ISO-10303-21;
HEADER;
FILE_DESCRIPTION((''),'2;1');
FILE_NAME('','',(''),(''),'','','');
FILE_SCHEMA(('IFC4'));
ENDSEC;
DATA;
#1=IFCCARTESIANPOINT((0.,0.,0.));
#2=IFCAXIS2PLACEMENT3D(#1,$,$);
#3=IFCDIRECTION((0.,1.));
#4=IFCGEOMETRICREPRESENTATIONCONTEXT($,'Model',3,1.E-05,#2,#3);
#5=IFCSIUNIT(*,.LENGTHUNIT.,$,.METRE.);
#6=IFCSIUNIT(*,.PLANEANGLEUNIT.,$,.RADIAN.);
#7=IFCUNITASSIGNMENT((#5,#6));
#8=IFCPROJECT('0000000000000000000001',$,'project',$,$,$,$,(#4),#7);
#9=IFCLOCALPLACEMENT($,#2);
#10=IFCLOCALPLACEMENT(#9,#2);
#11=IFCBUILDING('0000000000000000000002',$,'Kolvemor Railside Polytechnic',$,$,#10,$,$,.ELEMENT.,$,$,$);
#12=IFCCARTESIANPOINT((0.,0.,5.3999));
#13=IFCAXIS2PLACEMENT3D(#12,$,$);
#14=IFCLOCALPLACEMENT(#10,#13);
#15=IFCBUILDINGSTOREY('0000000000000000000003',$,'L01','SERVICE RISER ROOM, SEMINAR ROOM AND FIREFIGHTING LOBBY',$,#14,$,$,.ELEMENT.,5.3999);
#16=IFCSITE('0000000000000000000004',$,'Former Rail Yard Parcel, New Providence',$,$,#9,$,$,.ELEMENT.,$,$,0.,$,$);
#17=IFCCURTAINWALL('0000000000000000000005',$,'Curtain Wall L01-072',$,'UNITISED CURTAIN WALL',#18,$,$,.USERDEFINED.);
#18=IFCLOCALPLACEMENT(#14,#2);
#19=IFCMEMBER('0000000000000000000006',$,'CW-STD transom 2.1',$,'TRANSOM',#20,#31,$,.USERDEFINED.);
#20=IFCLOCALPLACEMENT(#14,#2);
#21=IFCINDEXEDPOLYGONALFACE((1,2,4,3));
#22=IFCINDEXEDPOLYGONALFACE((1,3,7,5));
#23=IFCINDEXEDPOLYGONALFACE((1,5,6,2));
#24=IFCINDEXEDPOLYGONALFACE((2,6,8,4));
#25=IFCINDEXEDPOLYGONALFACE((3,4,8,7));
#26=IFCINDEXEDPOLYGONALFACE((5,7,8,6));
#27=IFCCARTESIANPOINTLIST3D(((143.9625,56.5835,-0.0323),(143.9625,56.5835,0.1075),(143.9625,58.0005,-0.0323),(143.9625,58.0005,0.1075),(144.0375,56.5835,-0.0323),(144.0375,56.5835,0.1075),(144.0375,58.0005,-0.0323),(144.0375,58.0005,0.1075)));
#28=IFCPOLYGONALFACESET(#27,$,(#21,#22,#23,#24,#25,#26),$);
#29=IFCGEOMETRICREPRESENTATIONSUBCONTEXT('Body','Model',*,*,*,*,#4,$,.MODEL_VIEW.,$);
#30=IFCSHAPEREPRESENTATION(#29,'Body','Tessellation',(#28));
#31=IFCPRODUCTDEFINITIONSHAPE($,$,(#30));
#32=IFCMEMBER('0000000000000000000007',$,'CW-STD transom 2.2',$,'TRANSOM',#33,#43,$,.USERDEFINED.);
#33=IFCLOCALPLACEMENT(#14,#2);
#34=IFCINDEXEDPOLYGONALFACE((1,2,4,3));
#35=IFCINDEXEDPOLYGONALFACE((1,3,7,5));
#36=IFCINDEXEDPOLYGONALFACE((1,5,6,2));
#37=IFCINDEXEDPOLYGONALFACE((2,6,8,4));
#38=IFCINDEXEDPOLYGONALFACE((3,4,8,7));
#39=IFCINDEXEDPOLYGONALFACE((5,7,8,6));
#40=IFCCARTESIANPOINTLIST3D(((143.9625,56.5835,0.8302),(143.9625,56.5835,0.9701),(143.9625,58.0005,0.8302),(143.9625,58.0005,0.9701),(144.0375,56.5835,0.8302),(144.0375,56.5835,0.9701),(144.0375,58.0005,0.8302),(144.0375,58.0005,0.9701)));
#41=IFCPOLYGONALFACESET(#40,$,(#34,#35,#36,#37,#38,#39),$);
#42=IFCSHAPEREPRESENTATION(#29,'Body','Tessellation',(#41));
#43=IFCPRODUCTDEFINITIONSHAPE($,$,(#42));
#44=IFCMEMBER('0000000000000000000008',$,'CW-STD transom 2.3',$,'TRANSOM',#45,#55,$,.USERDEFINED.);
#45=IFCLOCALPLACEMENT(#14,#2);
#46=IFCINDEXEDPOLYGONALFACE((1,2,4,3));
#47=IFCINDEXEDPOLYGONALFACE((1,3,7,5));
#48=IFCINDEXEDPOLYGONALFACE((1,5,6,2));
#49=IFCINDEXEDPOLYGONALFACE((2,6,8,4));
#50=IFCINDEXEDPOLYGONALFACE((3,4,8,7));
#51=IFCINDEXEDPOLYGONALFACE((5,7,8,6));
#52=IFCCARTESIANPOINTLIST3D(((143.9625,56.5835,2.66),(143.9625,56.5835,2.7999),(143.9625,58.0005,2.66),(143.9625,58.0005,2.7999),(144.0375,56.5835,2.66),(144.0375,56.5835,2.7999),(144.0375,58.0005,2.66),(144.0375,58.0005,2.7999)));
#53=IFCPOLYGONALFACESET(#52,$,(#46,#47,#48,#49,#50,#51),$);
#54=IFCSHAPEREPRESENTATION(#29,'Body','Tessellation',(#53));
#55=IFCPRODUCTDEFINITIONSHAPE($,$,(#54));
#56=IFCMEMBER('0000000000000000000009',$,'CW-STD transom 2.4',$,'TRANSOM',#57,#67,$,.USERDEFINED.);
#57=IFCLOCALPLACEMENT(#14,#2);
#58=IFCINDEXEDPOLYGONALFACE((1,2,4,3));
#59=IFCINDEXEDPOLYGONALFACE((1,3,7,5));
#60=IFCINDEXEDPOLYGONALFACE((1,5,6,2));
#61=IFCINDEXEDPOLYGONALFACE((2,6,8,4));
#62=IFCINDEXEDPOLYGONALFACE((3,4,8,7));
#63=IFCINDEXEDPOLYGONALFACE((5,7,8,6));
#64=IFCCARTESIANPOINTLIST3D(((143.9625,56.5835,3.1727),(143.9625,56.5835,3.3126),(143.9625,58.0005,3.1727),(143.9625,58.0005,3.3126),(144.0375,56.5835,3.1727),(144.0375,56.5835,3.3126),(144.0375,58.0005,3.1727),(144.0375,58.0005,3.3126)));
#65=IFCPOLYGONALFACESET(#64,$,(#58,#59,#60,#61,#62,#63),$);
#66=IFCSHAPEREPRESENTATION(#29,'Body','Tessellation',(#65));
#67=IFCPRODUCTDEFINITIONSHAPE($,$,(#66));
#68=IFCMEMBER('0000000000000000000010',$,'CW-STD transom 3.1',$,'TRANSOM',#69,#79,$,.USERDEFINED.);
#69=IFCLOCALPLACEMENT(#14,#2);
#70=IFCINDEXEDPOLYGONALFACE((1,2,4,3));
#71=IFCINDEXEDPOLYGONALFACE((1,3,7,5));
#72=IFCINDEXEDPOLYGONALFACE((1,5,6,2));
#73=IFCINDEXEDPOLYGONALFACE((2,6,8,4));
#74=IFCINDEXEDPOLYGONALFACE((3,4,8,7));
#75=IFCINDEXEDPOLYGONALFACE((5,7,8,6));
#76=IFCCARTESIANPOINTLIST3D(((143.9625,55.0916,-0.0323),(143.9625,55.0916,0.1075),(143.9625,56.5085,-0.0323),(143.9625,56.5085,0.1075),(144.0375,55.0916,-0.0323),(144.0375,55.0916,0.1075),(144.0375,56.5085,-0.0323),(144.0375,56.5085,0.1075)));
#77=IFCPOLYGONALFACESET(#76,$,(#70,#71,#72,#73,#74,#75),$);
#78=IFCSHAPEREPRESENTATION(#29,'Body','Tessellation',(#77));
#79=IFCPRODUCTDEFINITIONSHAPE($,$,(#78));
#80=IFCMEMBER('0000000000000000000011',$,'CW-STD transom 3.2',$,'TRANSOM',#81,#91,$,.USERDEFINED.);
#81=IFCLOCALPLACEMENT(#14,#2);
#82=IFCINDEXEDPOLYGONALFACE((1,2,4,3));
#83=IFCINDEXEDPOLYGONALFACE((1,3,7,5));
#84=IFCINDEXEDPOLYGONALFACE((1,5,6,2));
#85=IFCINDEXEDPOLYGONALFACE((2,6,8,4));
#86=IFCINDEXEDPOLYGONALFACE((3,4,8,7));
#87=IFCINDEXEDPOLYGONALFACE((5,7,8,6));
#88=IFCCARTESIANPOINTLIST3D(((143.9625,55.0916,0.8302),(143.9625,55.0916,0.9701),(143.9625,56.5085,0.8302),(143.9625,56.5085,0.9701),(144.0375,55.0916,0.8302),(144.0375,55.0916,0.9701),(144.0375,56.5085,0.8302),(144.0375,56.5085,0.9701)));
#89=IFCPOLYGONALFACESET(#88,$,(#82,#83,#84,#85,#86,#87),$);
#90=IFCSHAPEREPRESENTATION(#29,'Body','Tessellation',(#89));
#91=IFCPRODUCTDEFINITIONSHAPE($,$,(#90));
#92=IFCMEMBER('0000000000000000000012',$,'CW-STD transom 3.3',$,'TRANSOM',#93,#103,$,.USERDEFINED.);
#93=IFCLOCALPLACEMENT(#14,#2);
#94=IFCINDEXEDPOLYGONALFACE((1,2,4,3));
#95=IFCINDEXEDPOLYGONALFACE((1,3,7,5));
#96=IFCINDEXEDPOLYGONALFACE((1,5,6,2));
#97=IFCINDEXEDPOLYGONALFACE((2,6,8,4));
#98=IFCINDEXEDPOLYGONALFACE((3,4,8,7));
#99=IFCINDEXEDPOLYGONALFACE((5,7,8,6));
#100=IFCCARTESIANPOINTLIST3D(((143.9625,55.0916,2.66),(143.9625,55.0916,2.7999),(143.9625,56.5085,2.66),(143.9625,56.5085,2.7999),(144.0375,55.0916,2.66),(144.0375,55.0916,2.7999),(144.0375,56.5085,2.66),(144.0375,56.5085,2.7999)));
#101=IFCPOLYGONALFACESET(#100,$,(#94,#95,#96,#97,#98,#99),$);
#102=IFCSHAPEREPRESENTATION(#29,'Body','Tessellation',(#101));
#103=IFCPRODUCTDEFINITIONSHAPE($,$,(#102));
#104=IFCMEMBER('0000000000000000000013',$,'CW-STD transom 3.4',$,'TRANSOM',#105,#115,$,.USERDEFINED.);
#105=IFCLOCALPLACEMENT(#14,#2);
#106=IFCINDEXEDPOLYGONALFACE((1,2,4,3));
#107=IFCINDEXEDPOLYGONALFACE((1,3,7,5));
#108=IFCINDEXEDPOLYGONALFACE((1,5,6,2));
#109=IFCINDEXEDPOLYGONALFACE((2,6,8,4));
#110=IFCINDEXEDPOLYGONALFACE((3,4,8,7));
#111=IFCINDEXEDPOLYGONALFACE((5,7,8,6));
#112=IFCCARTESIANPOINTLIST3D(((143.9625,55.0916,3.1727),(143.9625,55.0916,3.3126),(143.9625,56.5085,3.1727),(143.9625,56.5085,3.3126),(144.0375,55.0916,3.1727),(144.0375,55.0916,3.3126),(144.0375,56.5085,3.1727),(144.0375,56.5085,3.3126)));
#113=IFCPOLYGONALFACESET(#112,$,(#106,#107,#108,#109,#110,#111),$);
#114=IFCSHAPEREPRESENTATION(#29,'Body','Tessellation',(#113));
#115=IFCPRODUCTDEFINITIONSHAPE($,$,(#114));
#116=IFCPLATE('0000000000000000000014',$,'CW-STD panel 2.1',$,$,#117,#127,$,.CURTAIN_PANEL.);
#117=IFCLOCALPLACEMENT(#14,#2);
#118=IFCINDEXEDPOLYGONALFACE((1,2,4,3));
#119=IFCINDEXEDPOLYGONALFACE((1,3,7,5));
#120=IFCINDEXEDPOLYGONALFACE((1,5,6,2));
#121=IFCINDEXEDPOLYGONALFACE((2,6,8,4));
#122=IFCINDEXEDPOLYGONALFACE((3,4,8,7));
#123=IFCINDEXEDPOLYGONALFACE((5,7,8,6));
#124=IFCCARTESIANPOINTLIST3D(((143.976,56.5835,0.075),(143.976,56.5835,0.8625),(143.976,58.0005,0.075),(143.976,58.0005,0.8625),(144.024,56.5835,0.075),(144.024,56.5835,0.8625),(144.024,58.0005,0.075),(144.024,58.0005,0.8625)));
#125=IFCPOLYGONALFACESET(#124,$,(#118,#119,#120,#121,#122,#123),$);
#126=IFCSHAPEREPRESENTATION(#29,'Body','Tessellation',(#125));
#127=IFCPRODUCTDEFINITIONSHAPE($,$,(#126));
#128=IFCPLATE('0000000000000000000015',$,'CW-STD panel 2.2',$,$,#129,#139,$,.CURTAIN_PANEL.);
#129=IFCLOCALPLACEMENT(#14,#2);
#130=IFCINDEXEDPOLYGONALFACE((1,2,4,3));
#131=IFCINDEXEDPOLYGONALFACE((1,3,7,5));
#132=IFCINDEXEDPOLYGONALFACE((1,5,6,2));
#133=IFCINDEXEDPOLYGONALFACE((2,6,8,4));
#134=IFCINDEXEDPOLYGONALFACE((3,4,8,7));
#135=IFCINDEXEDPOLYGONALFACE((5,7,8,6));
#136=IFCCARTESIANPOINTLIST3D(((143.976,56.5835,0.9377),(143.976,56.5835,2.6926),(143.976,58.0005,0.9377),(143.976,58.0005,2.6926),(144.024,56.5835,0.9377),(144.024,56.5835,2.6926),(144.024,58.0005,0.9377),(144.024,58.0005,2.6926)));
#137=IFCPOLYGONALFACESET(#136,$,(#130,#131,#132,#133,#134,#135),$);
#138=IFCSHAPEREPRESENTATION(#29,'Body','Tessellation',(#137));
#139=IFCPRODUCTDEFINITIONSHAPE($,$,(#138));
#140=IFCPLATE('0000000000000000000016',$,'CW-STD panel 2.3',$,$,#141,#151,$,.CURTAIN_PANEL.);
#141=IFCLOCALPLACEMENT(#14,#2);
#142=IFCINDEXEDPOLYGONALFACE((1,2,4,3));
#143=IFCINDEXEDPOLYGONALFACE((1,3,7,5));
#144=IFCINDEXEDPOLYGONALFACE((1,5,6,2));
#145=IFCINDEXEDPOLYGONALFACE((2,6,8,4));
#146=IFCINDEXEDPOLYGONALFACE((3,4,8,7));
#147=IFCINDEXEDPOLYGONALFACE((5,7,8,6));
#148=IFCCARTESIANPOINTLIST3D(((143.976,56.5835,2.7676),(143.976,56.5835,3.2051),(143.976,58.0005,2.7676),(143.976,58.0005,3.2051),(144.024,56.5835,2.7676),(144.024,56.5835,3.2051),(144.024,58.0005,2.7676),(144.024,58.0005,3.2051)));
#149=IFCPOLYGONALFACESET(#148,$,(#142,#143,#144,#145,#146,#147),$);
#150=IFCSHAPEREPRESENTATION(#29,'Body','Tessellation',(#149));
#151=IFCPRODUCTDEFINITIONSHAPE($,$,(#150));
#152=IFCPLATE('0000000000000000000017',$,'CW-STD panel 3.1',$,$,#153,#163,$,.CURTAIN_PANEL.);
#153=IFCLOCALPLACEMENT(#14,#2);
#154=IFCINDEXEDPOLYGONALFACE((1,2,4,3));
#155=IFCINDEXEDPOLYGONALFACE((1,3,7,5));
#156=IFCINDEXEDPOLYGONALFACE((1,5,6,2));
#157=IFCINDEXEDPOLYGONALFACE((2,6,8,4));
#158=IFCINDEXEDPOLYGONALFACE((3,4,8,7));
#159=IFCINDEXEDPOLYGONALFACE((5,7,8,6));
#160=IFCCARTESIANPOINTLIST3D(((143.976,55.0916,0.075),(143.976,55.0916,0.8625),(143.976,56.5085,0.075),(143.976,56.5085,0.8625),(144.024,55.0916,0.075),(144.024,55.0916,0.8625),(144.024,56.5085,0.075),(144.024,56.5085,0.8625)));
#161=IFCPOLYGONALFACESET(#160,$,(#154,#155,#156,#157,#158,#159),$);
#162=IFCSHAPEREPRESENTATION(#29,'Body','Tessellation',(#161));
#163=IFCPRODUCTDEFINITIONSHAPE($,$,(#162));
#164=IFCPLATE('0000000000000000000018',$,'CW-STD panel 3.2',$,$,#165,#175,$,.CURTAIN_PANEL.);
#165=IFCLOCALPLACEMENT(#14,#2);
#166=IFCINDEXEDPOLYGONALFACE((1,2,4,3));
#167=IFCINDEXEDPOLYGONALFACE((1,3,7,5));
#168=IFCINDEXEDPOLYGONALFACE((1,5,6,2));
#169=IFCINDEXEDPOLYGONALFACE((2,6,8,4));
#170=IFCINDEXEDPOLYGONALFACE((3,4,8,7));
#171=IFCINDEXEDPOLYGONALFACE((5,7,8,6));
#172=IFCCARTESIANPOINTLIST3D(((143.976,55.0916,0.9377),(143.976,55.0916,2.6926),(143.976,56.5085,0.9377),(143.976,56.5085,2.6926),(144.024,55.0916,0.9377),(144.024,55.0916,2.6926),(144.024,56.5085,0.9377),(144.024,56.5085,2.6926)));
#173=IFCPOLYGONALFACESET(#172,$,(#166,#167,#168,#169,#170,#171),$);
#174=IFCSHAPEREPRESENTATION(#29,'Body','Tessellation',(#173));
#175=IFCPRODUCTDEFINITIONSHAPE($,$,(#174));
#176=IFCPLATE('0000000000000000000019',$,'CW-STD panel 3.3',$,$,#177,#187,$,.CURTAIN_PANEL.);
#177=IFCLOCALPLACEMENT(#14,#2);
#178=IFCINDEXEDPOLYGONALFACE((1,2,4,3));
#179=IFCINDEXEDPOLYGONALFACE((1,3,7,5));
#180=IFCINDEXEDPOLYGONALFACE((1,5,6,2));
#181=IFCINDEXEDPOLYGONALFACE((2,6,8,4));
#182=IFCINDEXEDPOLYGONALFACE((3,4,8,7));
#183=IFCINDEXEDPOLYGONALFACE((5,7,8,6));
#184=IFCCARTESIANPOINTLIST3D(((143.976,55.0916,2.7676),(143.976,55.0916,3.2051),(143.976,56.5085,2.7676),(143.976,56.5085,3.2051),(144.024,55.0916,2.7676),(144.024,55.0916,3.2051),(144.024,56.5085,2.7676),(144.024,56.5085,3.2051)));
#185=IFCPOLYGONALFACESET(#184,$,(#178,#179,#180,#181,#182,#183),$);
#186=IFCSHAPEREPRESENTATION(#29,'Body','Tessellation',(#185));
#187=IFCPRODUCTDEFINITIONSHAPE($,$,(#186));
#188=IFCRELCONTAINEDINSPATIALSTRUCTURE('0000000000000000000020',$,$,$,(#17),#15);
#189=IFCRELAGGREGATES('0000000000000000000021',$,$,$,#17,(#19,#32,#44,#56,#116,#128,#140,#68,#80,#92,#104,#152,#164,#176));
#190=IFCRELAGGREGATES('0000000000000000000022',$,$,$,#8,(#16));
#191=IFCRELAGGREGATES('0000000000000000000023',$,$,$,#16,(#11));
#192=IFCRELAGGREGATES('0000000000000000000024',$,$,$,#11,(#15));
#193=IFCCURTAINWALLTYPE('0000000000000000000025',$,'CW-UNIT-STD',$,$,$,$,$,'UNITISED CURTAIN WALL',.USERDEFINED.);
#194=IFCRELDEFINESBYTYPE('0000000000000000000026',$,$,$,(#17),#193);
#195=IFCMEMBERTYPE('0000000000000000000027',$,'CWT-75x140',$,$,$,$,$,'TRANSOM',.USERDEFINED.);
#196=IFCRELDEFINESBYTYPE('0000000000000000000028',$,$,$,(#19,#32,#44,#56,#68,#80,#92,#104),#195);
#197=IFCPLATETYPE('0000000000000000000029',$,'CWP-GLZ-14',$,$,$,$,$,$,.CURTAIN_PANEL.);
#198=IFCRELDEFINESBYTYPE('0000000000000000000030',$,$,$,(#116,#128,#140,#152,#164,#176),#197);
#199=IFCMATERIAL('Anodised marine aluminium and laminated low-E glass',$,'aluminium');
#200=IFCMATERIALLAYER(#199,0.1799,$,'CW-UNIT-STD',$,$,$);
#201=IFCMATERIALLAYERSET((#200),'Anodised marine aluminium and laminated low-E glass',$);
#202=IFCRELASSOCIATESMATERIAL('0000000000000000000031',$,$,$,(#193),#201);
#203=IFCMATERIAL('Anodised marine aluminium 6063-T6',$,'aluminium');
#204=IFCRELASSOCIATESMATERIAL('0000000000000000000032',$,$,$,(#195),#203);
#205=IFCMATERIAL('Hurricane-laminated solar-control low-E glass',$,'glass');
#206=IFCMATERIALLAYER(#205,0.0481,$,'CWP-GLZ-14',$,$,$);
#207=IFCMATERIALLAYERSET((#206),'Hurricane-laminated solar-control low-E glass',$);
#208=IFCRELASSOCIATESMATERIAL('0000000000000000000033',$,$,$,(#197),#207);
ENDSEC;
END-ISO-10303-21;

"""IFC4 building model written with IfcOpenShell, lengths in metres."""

from ifc_helpers import new_model, si_unit, direction, frame, origin, origin_2d, place, context, subcontext, project, spatial, rectangle, extrude, material, layer, layer_set, material_profile, profile_set, type_object, element, aggregate, save


model = new_model("IFC4")

# Units and contexts
model_context = context("Model", 3, precision=1e-05, world=origin(), true_north=direction((0.0, 1.0)))
body_context = subcontext(model_context, "Body", "Model", "MODEL_VIEW")
ifc_project = project(units=[si_unit("LENGTHUNIT", "METRE"), si_unit("PLANEANGLEUNIT", "RADIAN")], contexts=[model_context])

# Site, building, storey
site_placement = place(None, origin())
site = spatial("IfcSite", under=ifc_project, at=site_placement, Name="Former Rail Yard Parcel, New Providence", CompositionType="ELEMENT", RefElevation=0.0)
building_placement = place(site_placement, origin())
building = spatial("IfcBuilding", under=site, at=building_placement, Name="Kolvemor Railside Polytechnic", CompositionType="ELEMENT")
storey_placement = place(building_placement, frame((0.0, 0.0, 5.3999)))
storey = spatial("IfcBuildingStorey", under=building, at=storey_placement, Name="L01", Description="SERVICE RISER ROOM, SEMINAR ROOM AND FIREFIGHTING LOBBY", CompositionType="ELEMENT", Elevation=5.3999)

# Curtain wall, members, plates
ifc_material_1 = material(Name="Anodised marine aluminium and laminated low-E glass", Category="aluminium")
ifc_layer_1 = layer(ifc_material_1, 0.1799, Name="CW-UNIT-STD")
ifc_layer_set_1 = layer_set([ifc_layer_1], Name="Anodised marine aluminium and laminated low-E glass")
curtain_wall_type = type_object("IfcCurtainWallType", Name="CW-UNIT-STD", ElementType="UNITISED CURTAIN WALL", PredefinedType="USERDEFINED", material=ifc_layer_set_1)
curtain_wall_placement = place(storey_placement, origin())
curtain_wall = element("IfcCurtainWall", 1, at=curtain_wall_placement, inside=storey, type_object=curtain_wall_type, Name="Curtain Wall L01-072", ObjectType="UNITISED CURTAIN WALL", PredefinedType="USERDEFINED")
ifc_material_2 = material(Name="Anodised marine aluminium 6063-T6", Category="aluminium")
ifc_material_profile_1 = material_profile(ifc_material_2, rectangle(XDim=0.075, YDim=0.1399, at=origin_2d()), Name="CW-TRN-75x140")
ifc_profile_set_1 = profile_set([ifc_material_profile_1], Name="Anodised marine aluminium 6063-T6")
member_type_1 = type_object("IfcMemberType", Name="CWT-75x140", ElementType="TRANSOM", PredefinedType="USERDEFINED", material=ifc_profile_set_1)
member_1_placement = place(storey_placement, frame((144.0, 58.0005, 0.0376), z_axis=(0.0, -1.0, 0.0), x_axis=(1.0, 0.0, 0.0)))
member_1 = element("IfcMember", 2, at=member_1_placement, type_object=member_type_1, Name="CW-STD transom 2.1", ObjectType="TRANSOM", PredefinedType="USERDEFINED", context=body_context, shape_type="SweptSolid", body=[
    extrude(rectangle(XDim=0.075, YDim=0.1399, at=origin_2d()), origin(), (0.0, 0.0, 1.0), 1.417),
])
member_2_placement = place(storey_placement, frame((144.0, 58.0005, 0.9001), z_axis=(0.0, -1.0, 0.0), x_axis=(1.0, 0.0, 0.0)))
member_2 = element("IfcMember", 3, at=member_2_placement, type_object=member_type_1, Name="CW-STD transom 2.2", ObjectType="TRANSOM", PredefinedType="USERDEFINED", context=body_context, shape_type="SweptSolid", body=[
    extrude(rectangle(XDim=0.075, YDim=0.1399, at=origin_2d()), origin(), (0.0, 0.0, 1.0), 1.417),
])
member_3_placement = place(storey_placement, frame((144.0, 58.0005, 2.73), z_axis=(0.0, -1.0, 0.0), x_axis=(1.0, 0.0, 0.0)))
member_3 = element("IfcMember", 4, at=member_3_placement, type_object=member_type_1, Name="CW-STD transom 2.3", ObjectType="TRANSOM", PredefinedType="USERDEFINED", context=body_context, shape_type="SweptSolid", body=[
    extrude(rectangle(XDim=0.075, YDim=0.1399, at=origin_2d()), origin(), (0.0, 0.0, 1.0), 1.417),
])
member_4_placement = place(storey_placement, frame((144.0, 58.0005, 3.2427), z_axis=(0.0, -1.0, 0.0), x_axis=(1.0, 0.0, 0.0)))
member_4 = element("IfcMember", 5, at=member_4_placement, type_object=member_type_1, Name="CW-STD transom 2.4", ObjectType="TRANSOM", PredefinedType="USERDEFINED", context=body_context, shape_type="SweptSolid", body=[
    extrude(rectangle(XDim=0.075, YDim=0.1399, at=origin_2d()), origin(), (0.0, 0.0, 1.0), 1.417),
])
member_5_placement = place(storey_placement, frame((144.0, 56.5085, 0.0376), z_axis=(0.0, -1.0, 0.0), x_axis=(1.0, 0.0, 0.0)))
member_5 = element("IfcMember", 6, at=member_5_placement, type_object=member_type_1, Name="CW-STD transom 3.1", ObjectType="TRANSOM", PredefinedType="USERDEFINED", context=body_context, shape_type="SweptSolid", body=[
    extrude(rectangle(XDim=0.075, YDim=0.1399, at=origin_2d()), origin(), (0.0, 0.0, 1.0), 1.417),
])
member_6_placement = place(storey_placement, frame((144.0, 56.5085, 0.9001), z_axis=(0.0, -1.0, 0.0), x_axis=(1.0, 0.0, 0.0)))
member_6 = element("IfcMember", 7, at=member_6_placement, type_object=member_type_1, Name="CW-STD transom 3.2", ObjectType="TRANSOM", PredefinedType="USERDEFINED", context=body_context, shape_type="SweptSolid", body=[
    extrude(rectangle(XDim=0.075, YDim=0.1399, at=origin_2d()), origin(), (0.0, 0.0, 1.0), 1.417),
])
member_7_placement = place(storey_placement, frame((144.0, 56.5085, 2.73), z_axis=(0.0, -1.0, 0.0), x_axis=(1.0, 0.0, 0.0)))
member_7 = element("IfcMember", 8, at=member_7_placement, type_object=member_type_1, Name="CW-STD transom 3.3", ObjectType="TRANSOM", PredefinedType="USERDEFINED", context=body_context, shape_type="SweptSolid", body=[
    extrude(rectangle(XDim=0.075, YDim=0.1399, at=origin_2d()), origin(), (0.0, 0.0, 1.0), 1.417),
])
member_8_placement = place(storey_placement, frame((144.0, 56.5085, 3.2427), z_axis=(0.0, -1.0, 0.0), x_axis=(1.0, 0.0, 0.0)))
member_8 = element("IfcMember", 9, at=member_8_placement, type_object=member_type_1, Name="CW-STD transom 3.4", ObjectType="TRANSOM", PredefinedType="USERDEFINED", context=body_context, shape_type="SweptSolid", body=[
    extrude(rectangle(XDim=0.075, YDim=0.1399, at=origin_2d()), origin(), (0.0, 0.0, 1.0), 1.417),
])
ifc_material_3 = material(Name="Hurricane-laminated solar-control low-E glass", Category="glass")
ifc_layer_2 = layer(ifc_material_3, 0.0481, Name="CWP-GLZ-14")
ifc_layer_set_2 = layer_set([ifc_layer_2], Name="Hurricane-laminated solar-control low-E glass")
plate_type = type_object("IfcPlateType", Name="CWP-GLZ-14", PredefinedType="CURTAIN_PANEL", material=ifc_layer_set_2)
plate_1_placement = place(storey_placement, frame((144.0, 57.292, 0.075), z_axis=(0.0, 0.0, 1.0), x_axis=(0.0, -1.0, 0.0)))
plate_1 = element("IfcPlate", 10, at=plate_1_placement, type_object=plate_type, Name="CW-STD panel 2.1", PredefinedType="CURTAIN_PANEL", context=body_context, shape_type="SweptSolid", body=[
    extrude(rectangle(XDim=1.417, YDim=0.0481, at=origin_2d()), origin(), (0.0, 0.0, 1.0), 0.7876),
])
plate_2_placement = place(storey_placement, frame((144.0, 57.292, 0.9377), z_axis=(0.0, 0.0, 1.0), x_axis=(0.0, -1.0, 0.0)))
plate_2 = element("IfcPlate", 11, at=plate_2_placement, type_object=plate_type, Name="CW-STD panel 2.2", PredefinedType="CURTAIN_PANEL", context=body_context, shape_type="SweptSolid", body=[
    extrude(rectangle(XDim=1.417, YDim=0.0481, at=origin_2d()), origin(), (0.0, 0.0, 1.0), 1.7549),
])
plate_3_placement = place(storey_placement, frame((144.0, 57.292, 2.7676), z_axis=(0.0, 0.0, 1.0), x_axis=(0.0, -1.0, 0.0)))
plate_3 = element("IfcPlate", 12, at=plate_3_placement, type_object=plate_type, Name="CW-STD panel 2.3", PredefinedType="CURTAIN_PANEL", context=body_context, shape_type="SweptSolid", body=[
    extrude(rectangle(XDim=1.417, YDim=0.0481, at=origin_2d()), origin(), (0.0, 0.0, 1.0), 0.4375),
])
plate_4_placement = place(storey_placement, frame((144.0, 55.8, 0.075), z_axis=(0.0, 0.0, 1.0), x_axis=(0.0, -1.0, 0.0)))
plate_4 = element("IfcPlate", 13, at=plate_4_placement, type_object=plate_type, Name="CW-STD panel 3.1", PredefinedType="CURTAIN_PANEL", context=body_context, shape_type="SweptSolid", body=[
    extrude(rectangle(XDim=1.417, YDim=0.0481, at=origin_2d()), origin(), (0.0, 0.0, 1.0), 0.7876),
])
plate_5_placement = place(storey_placement, frame((144.0, 55.8, 0.9377), z_axis=(0.0, 0.0, 1.0), x_axis=(0.0, -1.0, 0.0)))
plate_5 = element("IfcPlate", 14, at=plate_5_placement, type_object=plate_type, Name="CW-STD panel 3.2", PredefinedType="CURTAIN_PANEL", context=body_context, shape_type="SweptSolid", body=[
    extrude(rectangle(XDim=1.417, YDim=0.0481, at=origin_2d()), origin(), (0.0, 0.0, 1.0), 1.7549),
])
plate_6_placement = place(storey_placement, frame((144.0, 55.8, 2.7676), z_axis=(0.0, 0.0, 1.0), x_axis=(0.0, -1.0, 0.0)))
plate_6 = element("IfcPlate", 15, at=plate_6_placement, type_object=plate_type, Name="CW-STD panel 3.3", PredefinedType="CURTAIN_PANEL", context=body_context, shape_type="SweptSolid", body=[
    extrude(rectangle(XDim=1.417, YDim=0.0481, at=origin_2d()), origin(), (0.0, 0.0, 1.0), 0.4375),
])
aggregate(curtain_wall, [member_1, member_2, member_3, member_4, plate_1, plate_2, plate_3, member_5, member_6, member_7, member_8, plate_4, plate_5, plate_6])

save(model, "model.ifc")
